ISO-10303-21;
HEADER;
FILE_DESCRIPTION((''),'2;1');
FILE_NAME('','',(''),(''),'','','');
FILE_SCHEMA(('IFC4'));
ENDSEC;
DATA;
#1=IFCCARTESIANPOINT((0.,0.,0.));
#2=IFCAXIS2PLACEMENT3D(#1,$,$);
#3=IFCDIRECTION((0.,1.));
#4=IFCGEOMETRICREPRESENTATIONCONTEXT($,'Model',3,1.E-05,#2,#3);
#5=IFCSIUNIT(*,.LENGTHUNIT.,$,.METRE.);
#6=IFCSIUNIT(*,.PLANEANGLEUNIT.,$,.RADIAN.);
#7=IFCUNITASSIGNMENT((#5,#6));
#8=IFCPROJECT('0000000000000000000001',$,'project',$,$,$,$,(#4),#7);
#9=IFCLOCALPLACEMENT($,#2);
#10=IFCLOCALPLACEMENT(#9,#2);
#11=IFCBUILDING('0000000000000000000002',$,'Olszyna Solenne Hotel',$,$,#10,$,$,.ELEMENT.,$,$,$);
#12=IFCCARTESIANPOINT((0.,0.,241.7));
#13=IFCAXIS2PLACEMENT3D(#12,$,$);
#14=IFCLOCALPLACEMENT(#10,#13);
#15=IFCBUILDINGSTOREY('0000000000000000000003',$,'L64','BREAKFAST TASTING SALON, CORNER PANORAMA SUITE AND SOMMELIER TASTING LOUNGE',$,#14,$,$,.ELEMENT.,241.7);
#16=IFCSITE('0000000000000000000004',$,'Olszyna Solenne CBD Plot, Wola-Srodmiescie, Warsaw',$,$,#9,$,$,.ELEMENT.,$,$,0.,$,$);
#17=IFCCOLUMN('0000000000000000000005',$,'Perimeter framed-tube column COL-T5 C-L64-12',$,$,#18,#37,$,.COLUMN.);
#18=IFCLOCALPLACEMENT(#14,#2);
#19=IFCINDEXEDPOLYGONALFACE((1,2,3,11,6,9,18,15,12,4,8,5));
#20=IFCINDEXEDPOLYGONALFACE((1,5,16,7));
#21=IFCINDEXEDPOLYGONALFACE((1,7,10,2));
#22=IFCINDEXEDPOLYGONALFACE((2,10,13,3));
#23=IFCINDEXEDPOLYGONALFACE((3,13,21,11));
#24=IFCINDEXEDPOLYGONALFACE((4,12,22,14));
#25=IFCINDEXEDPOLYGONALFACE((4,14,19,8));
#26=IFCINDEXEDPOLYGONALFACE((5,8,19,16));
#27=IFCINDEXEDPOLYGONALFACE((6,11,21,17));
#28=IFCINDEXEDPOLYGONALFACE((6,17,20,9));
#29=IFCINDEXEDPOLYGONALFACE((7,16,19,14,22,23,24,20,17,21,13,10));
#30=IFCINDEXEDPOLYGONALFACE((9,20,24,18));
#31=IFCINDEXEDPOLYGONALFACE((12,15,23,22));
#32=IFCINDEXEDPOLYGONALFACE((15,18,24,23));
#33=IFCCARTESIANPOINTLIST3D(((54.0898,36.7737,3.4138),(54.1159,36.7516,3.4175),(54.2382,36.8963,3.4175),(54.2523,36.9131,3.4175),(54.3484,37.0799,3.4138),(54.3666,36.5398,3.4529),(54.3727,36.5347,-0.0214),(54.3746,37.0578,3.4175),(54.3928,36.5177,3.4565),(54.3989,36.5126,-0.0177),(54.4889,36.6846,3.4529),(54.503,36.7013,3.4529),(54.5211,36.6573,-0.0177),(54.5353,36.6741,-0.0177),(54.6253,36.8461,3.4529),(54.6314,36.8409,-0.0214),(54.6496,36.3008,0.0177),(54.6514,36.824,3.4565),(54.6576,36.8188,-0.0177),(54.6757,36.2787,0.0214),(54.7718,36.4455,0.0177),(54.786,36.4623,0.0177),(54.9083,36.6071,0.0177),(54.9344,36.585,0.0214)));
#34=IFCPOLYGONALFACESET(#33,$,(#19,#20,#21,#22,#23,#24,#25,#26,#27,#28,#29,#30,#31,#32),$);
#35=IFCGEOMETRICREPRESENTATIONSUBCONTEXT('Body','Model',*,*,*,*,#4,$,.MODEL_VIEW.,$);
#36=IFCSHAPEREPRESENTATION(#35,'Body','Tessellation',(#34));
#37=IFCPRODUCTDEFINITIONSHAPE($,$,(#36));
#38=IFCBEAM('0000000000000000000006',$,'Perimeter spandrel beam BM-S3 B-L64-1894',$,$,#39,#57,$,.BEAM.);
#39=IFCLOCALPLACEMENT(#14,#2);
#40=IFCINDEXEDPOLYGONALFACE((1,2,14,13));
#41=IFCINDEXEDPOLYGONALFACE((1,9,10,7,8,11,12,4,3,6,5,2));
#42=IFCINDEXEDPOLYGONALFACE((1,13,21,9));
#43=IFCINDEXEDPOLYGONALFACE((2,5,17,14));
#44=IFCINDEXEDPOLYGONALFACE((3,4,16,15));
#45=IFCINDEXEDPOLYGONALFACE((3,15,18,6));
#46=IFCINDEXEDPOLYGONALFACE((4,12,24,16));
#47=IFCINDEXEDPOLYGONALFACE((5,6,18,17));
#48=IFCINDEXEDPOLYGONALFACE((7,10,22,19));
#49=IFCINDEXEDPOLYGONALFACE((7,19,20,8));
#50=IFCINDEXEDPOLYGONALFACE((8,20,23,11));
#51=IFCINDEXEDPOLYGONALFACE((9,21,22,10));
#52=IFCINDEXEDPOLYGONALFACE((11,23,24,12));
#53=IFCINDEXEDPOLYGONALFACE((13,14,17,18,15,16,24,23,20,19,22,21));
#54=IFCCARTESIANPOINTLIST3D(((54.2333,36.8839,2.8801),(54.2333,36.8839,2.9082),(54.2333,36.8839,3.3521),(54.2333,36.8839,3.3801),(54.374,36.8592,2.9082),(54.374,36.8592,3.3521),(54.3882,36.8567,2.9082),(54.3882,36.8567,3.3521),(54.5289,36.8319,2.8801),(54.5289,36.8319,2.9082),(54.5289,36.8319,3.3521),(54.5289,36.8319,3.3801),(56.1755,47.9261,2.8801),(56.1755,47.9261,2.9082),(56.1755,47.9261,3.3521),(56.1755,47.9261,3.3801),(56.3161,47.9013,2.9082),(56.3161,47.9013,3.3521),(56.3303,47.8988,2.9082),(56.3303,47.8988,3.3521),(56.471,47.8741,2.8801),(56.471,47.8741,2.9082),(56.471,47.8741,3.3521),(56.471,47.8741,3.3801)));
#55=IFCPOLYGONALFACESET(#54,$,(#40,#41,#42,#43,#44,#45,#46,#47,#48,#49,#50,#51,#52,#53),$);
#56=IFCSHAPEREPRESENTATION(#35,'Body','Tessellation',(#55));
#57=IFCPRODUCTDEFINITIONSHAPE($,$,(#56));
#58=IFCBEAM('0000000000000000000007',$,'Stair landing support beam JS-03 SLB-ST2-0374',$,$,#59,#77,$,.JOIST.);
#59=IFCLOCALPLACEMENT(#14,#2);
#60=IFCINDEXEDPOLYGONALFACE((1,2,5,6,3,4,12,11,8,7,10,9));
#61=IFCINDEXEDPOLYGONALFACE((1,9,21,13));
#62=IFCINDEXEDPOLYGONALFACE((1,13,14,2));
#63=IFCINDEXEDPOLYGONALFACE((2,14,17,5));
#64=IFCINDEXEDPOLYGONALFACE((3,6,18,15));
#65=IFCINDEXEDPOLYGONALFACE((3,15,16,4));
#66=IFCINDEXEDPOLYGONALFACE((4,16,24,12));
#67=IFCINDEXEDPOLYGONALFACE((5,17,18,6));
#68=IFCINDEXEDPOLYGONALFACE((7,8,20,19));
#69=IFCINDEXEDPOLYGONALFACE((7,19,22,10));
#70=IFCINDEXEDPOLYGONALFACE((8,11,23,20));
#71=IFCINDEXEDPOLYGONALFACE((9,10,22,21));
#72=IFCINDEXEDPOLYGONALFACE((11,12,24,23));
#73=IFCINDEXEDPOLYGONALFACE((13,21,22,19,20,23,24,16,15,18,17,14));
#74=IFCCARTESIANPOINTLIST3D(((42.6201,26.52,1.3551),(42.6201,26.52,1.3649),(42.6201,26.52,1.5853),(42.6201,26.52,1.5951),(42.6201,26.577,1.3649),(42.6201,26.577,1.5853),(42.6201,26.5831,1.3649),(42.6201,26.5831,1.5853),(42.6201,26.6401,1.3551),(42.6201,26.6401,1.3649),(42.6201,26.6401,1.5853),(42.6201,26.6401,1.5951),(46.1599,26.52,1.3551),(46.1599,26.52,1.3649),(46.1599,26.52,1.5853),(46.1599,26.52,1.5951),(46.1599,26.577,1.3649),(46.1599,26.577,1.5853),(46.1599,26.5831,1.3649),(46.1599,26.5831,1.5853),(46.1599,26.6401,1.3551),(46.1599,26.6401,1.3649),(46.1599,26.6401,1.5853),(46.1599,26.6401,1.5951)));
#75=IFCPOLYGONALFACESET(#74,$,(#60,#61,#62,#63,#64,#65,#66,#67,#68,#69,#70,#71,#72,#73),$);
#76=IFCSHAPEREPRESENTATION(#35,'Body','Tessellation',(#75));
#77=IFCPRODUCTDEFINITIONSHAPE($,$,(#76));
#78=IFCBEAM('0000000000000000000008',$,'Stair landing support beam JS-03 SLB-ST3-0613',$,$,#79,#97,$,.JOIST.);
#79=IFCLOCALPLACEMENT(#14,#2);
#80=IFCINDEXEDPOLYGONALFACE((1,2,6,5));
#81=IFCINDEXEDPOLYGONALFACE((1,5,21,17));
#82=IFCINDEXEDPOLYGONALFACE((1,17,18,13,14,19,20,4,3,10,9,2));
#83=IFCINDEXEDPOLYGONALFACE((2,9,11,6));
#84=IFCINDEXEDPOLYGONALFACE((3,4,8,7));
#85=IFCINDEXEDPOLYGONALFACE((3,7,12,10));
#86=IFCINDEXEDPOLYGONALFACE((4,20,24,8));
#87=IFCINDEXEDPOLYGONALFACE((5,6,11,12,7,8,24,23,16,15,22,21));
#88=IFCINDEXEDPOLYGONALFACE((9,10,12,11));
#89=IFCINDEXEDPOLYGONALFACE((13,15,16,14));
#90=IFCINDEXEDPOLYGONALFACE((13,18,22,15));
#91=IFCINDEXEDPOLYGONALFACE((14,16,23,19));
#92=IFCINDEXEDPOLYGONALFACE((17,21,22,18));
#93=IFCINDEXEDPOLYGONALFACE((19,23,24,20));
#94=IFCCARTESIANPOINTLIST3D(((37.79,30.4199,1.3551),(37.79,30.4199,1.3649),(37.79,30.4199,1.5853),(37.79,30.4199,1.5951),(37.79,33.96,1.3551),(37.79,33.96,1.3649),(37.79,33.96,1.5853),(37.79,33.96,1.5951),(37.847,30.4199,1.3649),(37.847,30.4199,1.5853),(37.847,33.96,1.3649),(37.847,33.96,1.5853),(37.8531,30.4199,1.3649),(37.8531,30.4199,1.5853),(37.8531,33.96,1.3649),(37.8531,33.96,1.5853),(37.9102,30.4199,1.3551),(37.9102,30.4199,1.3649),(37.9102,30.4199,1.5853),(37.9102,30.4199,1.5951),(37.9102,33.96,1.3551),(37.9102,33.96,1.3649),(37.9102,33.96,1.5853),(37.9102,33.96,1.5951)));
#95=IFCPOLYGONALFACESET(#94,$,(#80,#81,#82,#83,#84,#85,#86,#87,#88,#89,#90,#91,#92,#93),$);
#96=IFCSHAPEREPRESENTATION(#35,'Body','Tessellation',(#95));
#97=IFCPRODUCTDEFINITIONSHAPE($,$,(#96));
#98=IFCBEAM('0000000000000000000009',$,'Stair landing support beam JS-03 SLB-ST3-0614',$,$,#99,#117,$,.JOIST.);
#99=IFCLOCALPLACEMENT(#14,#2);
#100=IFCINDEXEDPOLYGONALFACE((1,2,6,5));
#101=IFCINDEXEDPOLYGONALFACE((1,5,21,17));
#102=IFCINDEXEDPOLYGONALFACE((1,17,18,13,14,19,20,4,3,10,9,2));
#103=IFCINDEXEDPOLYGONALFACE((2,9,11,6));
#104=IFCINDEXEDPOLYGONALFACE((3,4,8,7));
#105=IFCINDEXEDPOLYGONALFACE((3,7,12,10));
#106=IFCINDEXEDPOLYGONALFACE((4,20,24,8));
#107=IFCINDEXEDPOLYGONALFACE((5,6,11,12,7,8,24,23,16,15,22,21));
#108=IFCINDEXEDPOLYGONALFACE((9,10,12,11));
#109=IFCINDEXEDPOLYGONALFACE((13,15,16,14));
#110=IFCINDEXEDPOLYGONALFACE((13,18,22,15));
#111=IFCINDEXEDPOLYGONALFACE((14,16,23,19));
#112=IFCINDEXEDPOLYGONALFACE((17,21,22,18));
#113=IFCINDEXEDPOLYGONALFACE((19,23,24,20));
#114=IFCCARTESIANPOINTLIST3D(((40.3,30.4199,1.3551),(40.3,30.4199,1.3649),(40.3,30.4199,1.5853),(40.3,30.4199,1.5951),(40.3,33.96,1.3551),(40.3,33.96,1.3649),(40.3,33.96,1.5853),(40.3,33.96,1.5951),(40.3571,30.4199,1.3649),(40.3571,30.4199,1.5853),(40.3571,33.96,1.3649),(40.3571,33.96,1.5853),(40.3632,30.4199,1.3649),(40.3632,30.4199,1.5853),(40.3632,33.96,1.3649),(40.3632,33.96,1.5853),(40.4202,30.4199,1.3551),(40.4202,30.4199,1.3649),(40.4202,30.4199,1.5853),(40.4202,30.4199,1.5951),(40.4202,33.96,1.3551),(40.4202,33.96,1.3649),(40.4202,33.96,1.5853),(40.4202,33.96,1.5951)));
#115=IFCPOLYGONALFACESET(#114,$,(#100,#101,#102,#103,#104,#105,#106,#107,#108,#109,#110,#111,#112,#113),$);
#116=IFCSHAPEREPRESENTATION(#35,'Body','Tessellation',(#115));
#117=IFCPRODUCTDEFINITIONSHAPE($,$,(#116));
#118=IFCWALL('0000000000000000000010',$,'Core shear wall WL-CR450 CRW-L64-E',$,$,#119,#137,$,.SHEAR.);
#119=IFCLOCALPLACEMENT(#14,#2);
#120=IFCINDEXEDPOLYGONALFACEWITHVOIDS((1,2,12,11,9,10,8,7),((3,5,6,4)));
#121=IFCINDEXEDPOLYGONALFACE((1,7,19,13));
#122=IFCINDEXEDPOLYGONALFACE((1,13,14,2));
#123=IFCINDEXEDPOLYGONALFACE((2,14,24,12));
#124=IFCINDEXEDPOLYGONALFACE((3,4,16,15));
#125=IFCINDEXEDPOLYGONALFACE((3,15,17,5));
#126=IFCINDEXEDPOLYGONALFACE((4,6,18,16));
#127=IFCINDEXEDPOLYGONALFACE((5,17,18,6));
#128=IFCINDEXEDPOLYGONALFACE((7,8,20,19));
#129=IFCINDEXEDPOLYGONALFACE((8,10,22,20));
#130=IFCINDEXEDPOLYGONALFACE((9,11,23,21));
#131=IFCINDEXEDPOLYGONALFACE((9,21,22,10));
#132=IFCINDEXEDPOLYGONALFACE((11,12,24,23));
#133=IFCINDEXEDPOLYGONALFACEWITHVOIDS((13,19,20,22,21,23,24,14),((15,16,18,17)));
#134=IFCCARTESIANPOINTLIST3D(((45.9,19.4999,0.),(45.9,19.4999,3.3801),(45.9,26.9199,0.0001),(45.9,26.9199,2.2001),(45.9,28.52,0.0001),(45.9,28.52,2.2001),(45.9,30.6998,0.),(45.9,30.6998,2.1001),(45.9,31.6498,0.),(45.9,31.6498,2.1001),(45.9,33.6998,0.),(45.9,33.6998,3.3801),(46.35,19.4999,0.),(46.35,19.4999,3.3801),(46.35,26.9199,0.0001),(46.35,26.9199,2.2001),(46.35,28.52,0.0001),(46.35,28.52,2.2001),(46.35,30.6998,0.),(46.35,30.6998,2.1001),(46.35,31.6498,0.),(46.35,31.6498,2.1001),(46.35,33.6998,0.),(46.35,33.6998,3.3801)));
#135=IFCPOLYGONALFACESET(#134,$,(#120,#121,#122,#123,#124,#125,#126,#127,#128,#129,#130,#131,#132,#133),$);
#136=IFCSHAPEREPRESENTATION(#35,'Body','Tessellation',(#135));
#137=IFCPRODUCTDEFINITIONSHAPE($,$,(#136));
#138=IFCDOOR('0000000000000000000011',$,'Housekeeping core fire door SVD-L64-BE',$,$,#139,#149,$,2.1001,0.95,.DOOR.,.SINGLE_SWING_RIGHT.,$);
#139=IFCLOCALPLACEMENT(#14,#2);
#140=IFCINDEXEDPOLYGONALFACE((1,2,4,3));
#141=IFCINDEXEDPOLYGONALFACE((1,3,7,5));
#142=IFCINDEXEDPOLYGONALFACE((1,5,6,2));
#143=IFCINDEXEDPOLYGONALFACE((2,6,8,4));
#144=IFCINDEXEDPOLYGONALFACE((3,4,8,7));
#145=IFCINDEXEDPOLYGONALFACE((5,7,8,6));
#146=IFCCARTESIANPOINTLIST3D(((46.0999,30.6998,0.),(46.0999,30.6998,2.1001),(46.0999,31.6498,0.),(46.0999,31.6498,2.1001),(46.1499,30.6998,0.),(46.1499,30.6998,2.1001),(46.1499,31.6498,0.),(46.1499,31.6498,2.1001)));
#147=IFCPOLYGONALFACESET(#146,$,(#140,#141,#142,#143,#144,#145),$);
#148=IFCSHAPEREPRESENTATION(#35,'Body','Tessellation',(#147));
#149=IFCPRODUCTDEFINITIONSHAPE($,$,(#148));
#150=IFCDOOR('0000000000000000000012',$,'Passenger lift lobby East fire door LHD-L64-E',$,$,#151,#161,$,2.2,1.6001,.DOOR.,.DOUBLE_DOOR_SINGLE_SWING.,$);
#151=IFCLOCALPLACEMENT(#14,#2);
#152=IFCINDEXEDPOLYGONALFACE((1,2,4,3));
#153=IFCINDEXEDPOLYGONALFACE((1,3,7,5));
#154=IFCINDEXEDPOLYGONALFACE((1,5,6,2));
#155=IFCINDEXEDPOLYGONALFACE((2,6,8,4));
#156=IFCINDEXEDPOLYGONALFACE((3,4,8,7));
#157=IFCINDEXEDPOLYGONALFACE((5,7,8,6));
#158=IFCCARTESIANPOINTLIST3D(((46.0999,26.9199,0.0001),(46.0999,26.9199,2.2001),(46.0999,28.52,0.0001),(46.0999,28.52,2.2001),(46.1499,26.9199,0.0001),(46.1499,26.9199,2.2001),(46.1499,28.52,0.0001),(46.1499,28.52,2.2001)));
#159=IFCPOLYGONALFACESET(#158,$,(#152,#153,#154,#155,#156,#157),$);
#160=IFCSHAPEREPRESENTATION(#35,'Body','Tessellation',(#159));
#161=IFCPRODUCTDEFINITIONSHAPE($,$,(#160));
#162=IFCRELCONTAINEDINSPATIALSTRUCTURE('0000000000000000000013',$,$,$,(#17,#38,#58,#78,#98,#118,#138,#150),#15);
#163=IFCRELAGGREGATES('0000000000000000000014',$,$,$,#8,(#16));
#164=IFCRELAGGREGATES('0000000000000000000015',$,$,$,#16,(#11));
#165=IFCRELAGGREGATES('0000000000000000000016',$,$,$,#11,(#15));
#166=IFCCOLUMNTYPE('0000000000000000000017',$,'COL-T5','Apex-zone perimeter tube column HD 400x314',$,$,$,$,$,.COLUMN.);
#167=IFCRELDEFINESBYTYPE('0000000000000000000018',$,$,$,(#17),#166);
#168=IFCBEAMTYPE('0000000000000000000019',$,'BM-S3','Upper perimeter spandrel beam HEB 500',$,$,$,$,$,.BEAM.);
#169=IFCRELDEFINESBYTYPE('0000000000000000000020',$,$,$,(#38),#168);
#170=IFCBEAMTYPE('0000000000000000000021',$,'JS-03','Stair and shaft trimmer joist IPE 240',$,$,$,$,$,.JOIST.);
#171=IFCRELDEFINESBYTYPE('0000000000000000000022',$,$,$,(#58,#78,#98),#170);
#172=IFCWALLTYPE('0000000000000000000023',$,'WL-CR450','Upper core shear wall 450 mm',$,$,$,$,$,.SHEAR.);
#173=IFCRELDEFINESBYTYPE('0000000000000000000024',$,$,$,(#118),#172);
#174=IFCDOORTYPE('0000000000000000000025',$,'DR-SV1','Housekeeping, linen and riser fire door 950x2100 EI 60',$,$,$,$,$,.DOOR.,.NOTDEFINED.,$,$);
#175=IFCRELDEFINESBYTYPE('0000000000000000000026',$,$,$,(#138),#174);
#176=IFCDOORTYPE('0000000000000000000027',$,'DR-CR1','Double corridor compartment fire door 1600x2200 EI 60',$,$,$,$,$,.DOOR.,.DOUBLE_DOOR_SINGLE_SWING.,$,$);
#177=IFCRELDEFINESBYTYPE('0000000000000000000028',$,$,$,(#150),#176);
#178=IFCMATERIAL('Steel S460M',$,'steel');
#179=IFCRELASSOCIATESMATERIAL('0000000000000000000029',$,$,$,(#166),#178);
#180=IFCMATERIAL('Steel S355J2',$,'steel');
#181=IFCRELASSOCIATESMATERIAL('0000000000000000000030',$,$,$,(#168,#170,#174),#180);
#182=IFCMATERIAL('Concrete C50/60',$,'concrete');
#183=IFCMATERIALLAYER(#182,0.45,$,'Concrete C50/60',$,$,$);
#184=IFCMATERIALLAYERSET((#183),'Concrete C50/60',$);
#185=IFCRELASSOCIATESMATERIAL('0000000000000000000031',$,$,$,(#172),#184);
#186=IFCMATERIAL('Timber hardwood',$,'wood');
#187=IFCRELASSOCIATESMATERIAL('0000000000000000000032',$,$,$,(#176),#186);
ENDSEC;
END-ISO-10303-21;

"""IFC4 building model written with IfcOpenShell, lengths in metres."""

from ifc_helpers import new_model, si_unit, direction, frame, frame_2d, origin, origin_2d, place, context, subcontext, project, spatial, rectangle, i_section, extrude, source, transform, mapped, material, layer, layer_set, material_profile, profile_set, type_object, type_shapes, element, fill, save


model = new_model("IFC4")

# Units and contexts
model_context = context("Model", 3, precision=1e-05, world=origin(), true_north=direction((0.0, 1.0)))
body_context = subcontext(model_context, "Body", "Model", "MODEL_VIEW")
ifc_project = project(units=[si_unit("LENGTHUNIT", "METRE"), si_unit("PLANEANGLEUNIT", "RADIAN")], contexts=[model_context])

# Site, building, storey
site_placement = place(None, origin())
site = spatial("IfcSite", under=ifc_project, at=site_placement, Name="Olszyna Solenne CBD Plot, Wola-Srodmiescie, Warsaw", CompositionType="ELEMENT", RefElevation=0.0)
building_placement = place(site_placement, origin())
building = spatial("IfcBuilding", under=site, at=building_placement, Name="Olszyna Solenne Hotel", CompositionType="ELEMENT")
storey_placement = place(building_placement, frame((0.0, 0.0, 241.7)))
storey = spatial("IfcBuildingStorey", under=building, at=storey_placement, Name="L64", Description="BREAKFAST TASTING SALON, CORNER PANORAMA SUITE AND SOMMELIER TASTING LOUNGE", CompositionType="ELEMENT", Elevation=241.7)

# Column
ifc_material_1 = material(Name="Steel S460M", Category="steel")
ifc_material_profile_1 = material_profile(ifc_material_1, i_section(OverallWidth=0.4009, OverallDepth=0.3989, WebThickness=0.022, FlangeThickness=0.0344, at=origin_2d()), Name="HD 400x314", Category="load-bearing")
ifc_profile_set_1 = profile_set([ifc_material_profile_1], Name="Steel S460M")
column_type = type_object("IfcColumnType", Name="COL-T5", Description="Apex-zone perimeter tube column HD 400x314", PredefinedType="COLUMN", material=ifc_profile_set_1)
shared_shape_1 = source(origin(), body_context, "Body", "SweptSolid", [
    extrude(i_section(OverallWidth=0.4009, OverallDepth=0.3989, WebThickness=0.022, FlangeThickness=0.0344, at=origin_2d()), origin(), (0.0, 0.0, 1.0), 3.4551),
])
column_placement = place(storey_placement, frame((54.6536, 36.5598, 0.0), z_axis=(-0.081899, 0.06918, 0.994237), x_axis=(-0.645292, -0.763936, 0.0)))
element("IfcColumn", 1, at=column_placement, inside=storey, type_object=column_type, Name="Perimeter framed-tube column COL-T5 C-L64-12", PredefinedType="COLUMN", context=body_context, shape_type="MappedRepresentation", body=[
    mapped(shared_shape_1, transform((0.0, 0.0, 0.0), x_axis=(1.0, 0.0, 0.0), y_axis=(0.0, 1.0, 0.0), z_axis=(0.0, 0.0, 1.0), scale=1.0)),
])

# Beams
ifc_material_2 = material(Name="Steel S355J2", Category="steel")
ifc_material_profile_2 = material_profile(ifc_material_2, i_section(OverallWidth=0.3, OverallDepth=0.5, WebThickness=0.0144, FlangeThickness=0.0281, at=origin_2d()), Name="HEB 500", Category="load-bearing")
ifc_profile_set_2 = profile_set([ifc_material_profile_2], Name="Steel S355J2")
beam_type_1 = type_object("IfcBeamType", Name="BM-S3", Description="Upper perimeter spandrel beam HEB 500", PredefinedType="BEAM", material=ifc_profile_set_2)
shared_shape_2 = source(origin(), body_context, "Body", "SweptSolid", [
    extrude(i_section(OverallWidth=0.3, OverallDepth=0.5, WebThickness=0.0144, FlangeThickness=0.0281, at=origin_2d()), origin(), (0.0, 0.0, 1.0), 11.2117),
])
beam_1_placement = place(storey_placement, frame((54.3811, 36.8579, 3.1301), z_axis=(0.173224, 0.984882, 0.0), x_axis=(-0.984882, 0.173224, 0.0)))
element("IfcBeam", 2, at=beam_1_placement, inside=storey, type_object=beam_type_1, Name="Perimeter spandrel beam BM-S3 B-L64-1894", PredefinedType="BEAM", context=body_context, shape_type="MappedRepresentation", body=[
    mapped(shared_shape_2, transform((0.0, 0.0, 0.0), x_axis=(1.0, 0.0, 0.0), y_axis=(0.0, 1.0, 0.0), z_axis=(0.0, 0.0, 1.0), scale=1.0)),
])
ifc_material_profile_3 = material_profile(ifc_material_2, i_section(OverallWidth=0.1201, OverallDepth=0.24, WebThickness=0.0061, FlangeThickness=0.0098, at=origin_2d()), Name="IPE 240", Category="load-bearing")
ifc_profile_set_3 = profile_set([ifc_material_profile_3], Name="Steel S355J2")
beam_type_2 = type_object("IfcBeamType", Name="JS-03", Description="Stair and shaft trimmer joist IPE 240", PredefinedType="JOIST", material=ifc_profile_set_3)
shared_shape_3 = source(origin(), body_context, "Body", "SweptSolid", [
    extrude(i_section(OverallWidth=0.1201, OverallDepth=0.24, WebThickness=0.0061, FlangeThickness=0.0098, at=origin_2d()), origin(), (0.0, 0.0, 1.0), 3.5398),
])
beam_2_placement = place(storey_placement, frame((46.1599, 26.5801, 1.4751), z_axis=(-1.0, 0.0, 0.0), x_axis=(0.0, -1.0, 0.0)))
element("IfcBeam", 3, at=beam_2_placement, inside=storey, type_object=beam_type_2, Name="Stair landing support beam JS-03 SLB-ST2-0374", PredefinedType="JOIST", context=body_context, shape_type="MappedRepresentation", body=[
    mapped(shared_shape_3, transform((0.0, 0.0, 0.0), x_axis=(1.0, 0.0, 0.0), y_axis=(0.0, 1.0, 0.0), z_axis=(0.0, 0.0, 1.0), scale=1.0)),
])
shared_shape_4 = source(origin(), body_context, "Body", "SweptSolid", [
    extrude(i_section(OverallWidth=0.1201, OverallDepth=0.24, WebThickness=0.0061, FlangeThickness=0.0098, at=origin_2d()), origin(), (0.0, 0.0, 1.0), 3.54),
])
for number, where, z_axis, x_axis, name in (
    (4, (37.8501, 30.4199, 1.4751), (0.0, 1.0, 0.0), (-1.0, 0.0, 0.0), "Stair landing support beam JS-03 SLB-ST3-0613"),
    (5, (40.3601, 30.4199, 1.4751), (0.0, 1.0, 0.0), (-1.0, 0.0, 0.0), "Stair landing support beam JS-03 SLB-ST3-0614"),
):
    element("IfcBeam", number, at=place(storey_placement, frame(where, z_axis=z_axis, x_axis=x_axis)), inside=storey, type_object=beam_type_2, Name=name, PredefinedType="JOIST", context=body_context, shape_type="MappedRepresentation", body=[
        mapped(shared_shape_4, transform((0.0, 0.0, 0.0), x_axis=(1.0, 0.0, 0.0), y_axis=(0.0, 1.0, 0.0), z_axis=(0.0, 0.0, 1.0), scale=1.0)),
    ])

# Wall, openings, doors
ifc_material_3 = material(Name="Concrete C50/60", Category="concrete")
ifc_layer_1 = layer(ifc_material_3, 0.45, Name="Concrete C50/60")
ifc_layer_set_1 = layer_set([ifc_layer_1], Name="Concrete C50/60")
wall_type_1 = type_object("IfcWallType", Name="WL-CR450", Description="Upper core shear wall 450 mm", PredefinedType="SHEAR", material=ifc_layer_set_1)
wall_1_placement = place(storey_placement, frame((46.125, 33.7, 0.0), z_axis=(0.0, 0.0, 1.0), x_axis=(0.0, -1.0, 0.0)))
wall_1 = element("IfcWall", 6, at=wall_1_placement, inside=storey, type_object=wall_type_1, Name="Core shear wall WL-CR450 CRW-L64-E", PredefinedType="SHEAR", context=body_context, shape_type="SweptSolid", body=[
    extrude(rectangle(XDim=14.2, YDim=0.45, at=frame_2d((7.1001, 0.0))), origin(), (0.0, 0.0, 1.0), 3.3801),
])
opening_1_placement = place(wall_1_placement, frame((5.1799, 0.0, 0.0)))
opening_1 = element("IfcOpeningElement", 7, at=opening_1_placement, cuts=wall_1, PredefinedType="OPENING", context=body_context, shape_type="SweptSolid", body=[
    extrude(rectangle(XDim=1.6001, YDim=2.2, at=frame_2d((0.8, 1.1001))), frame((0.0, 0.2349, 0.0), z_axis=(0.0, -1.0, 0.0), x_axis=(1.0, 0.0, 0.0)), (0.0, 0.0, 1.0), 0.47),
])
opening_2_placement = place(wall_1_placement, frame((2.05, 0.0, 0.0)))
opening_2 = element("IfcOpeningElement", 8, at=opening_2_placement, cuts=wall_1, PredefinedType="OPENING", context=body_context, shape_type="SweptSolid", body=[
    extrude(rectangle(XDim=0.95, YDim=2.1001, at=frame_2d((0.4751, 1.05))), frame((0.0, 0.2349, 0.0), z_axis=(0.0, -1.0, 0.0), x_axis=(1.0, 0.0, 0.0)), (0.0, 0.0, 1.0), 0.47),
])
door_type_1 = type_object("IfcDoorType", Name="DR-SV1", Description="Housekeeping, linen and riser fire door 950x2100 EI 60", OperationType="NOTDEFINED", PredefinedType="DOOR", material=ifc_material_2)
shared_shape_5 = source(origin(), body_context, "Body", "SweptSolid", [
    extrude(rectangle(XDim=0.95, YDim=2.1001, at=frame_2d((0.4751, 1.05))), frame((0.0, 0.0249, 0.0), z_axis=(0.0, -1.0, 0.0), x_axis=(1.0, 0.0, 0.0)), (0.0, 0.0, 1.0), 0.05),
])
type_shapes(door_type_1, [shared_shape_5])
door_1_placement = place(opening_2_placement, origin())
door_1 = element("IfcDoor", 9, at=door_1_placement, inside=storey, type_object=door_type_1, Name="Housekeeping core fire door SVD-L64-BE", OperationType="SINGLE_SWING_RIGHT", OverallHeight=2.1001, OverallWidth=0.95, PredefinedType="DOOR", context=body_context, shape_type="MappedRepresentation", body=[
    mapped(shared_shape_5, transform((0.0, 0.0, 0.0), x_axis=(1.0, 0.0, 0.0), y_axis=(0.0, 1.0, 0.0), z_axis=(0.0, 0.0, 1.0), scale=1.0)),
])
fill(opening_2, door_1)
ifc_material_4 = material(Name="Timber hardwood", Category="wood")
door_type_2 = type_object("IfcDoorType", Name="DR-CR1", Description="Double corridor compartment fire door 1600x2200 EI 60", OperationType="DOUBLE_DOOR_SINGLE_SWING", PredefinedType="DOOR", material=ifc_material_4)
shared_shape_6 = source(origin(), body_context, "Body", "SweptSolid", [
    extrude(rectangle(XDim=1.6001, YDim=2.2, at=frame_2d((0.8, 1.1001))), frame((0.0, 0.0249, 0.0), z_axis=(0.0, -1.0, 0.0), x_axis=(1.0, 0.0, 0.0)), (0.0, 0.0, 1.0), 0.05),
])
type_shapes(door_type_2, [shared_shape_6])
door_2_placement = place(opening_1_placement, origin())
door_2 = element("IfcDoor", 10, at=door_2_placement, inside=storey, type_object=door_type_2, Name="Passenger lift lobby East fire door LHD-L64-E", OperationType="DOUBLE_DOOR_SINGLE_SWING", OverallHeight=2.2, OverallWidth=1.6001, PredefinedType="DOOR", context=body_context, shape_type="MappedRepresentation", body=[
    mapped(shared_shape_6, transform((0.0, 0.0, 0.0), x_axis=(1.0, 0.0, 0.0), y_axis=(0.0, 1.0, 0.0), z_axis=(0.0, 0.0, 1.0), scale=1.0)),
])
fill(opening_1, door_2)

save(model, "model.ifc")
